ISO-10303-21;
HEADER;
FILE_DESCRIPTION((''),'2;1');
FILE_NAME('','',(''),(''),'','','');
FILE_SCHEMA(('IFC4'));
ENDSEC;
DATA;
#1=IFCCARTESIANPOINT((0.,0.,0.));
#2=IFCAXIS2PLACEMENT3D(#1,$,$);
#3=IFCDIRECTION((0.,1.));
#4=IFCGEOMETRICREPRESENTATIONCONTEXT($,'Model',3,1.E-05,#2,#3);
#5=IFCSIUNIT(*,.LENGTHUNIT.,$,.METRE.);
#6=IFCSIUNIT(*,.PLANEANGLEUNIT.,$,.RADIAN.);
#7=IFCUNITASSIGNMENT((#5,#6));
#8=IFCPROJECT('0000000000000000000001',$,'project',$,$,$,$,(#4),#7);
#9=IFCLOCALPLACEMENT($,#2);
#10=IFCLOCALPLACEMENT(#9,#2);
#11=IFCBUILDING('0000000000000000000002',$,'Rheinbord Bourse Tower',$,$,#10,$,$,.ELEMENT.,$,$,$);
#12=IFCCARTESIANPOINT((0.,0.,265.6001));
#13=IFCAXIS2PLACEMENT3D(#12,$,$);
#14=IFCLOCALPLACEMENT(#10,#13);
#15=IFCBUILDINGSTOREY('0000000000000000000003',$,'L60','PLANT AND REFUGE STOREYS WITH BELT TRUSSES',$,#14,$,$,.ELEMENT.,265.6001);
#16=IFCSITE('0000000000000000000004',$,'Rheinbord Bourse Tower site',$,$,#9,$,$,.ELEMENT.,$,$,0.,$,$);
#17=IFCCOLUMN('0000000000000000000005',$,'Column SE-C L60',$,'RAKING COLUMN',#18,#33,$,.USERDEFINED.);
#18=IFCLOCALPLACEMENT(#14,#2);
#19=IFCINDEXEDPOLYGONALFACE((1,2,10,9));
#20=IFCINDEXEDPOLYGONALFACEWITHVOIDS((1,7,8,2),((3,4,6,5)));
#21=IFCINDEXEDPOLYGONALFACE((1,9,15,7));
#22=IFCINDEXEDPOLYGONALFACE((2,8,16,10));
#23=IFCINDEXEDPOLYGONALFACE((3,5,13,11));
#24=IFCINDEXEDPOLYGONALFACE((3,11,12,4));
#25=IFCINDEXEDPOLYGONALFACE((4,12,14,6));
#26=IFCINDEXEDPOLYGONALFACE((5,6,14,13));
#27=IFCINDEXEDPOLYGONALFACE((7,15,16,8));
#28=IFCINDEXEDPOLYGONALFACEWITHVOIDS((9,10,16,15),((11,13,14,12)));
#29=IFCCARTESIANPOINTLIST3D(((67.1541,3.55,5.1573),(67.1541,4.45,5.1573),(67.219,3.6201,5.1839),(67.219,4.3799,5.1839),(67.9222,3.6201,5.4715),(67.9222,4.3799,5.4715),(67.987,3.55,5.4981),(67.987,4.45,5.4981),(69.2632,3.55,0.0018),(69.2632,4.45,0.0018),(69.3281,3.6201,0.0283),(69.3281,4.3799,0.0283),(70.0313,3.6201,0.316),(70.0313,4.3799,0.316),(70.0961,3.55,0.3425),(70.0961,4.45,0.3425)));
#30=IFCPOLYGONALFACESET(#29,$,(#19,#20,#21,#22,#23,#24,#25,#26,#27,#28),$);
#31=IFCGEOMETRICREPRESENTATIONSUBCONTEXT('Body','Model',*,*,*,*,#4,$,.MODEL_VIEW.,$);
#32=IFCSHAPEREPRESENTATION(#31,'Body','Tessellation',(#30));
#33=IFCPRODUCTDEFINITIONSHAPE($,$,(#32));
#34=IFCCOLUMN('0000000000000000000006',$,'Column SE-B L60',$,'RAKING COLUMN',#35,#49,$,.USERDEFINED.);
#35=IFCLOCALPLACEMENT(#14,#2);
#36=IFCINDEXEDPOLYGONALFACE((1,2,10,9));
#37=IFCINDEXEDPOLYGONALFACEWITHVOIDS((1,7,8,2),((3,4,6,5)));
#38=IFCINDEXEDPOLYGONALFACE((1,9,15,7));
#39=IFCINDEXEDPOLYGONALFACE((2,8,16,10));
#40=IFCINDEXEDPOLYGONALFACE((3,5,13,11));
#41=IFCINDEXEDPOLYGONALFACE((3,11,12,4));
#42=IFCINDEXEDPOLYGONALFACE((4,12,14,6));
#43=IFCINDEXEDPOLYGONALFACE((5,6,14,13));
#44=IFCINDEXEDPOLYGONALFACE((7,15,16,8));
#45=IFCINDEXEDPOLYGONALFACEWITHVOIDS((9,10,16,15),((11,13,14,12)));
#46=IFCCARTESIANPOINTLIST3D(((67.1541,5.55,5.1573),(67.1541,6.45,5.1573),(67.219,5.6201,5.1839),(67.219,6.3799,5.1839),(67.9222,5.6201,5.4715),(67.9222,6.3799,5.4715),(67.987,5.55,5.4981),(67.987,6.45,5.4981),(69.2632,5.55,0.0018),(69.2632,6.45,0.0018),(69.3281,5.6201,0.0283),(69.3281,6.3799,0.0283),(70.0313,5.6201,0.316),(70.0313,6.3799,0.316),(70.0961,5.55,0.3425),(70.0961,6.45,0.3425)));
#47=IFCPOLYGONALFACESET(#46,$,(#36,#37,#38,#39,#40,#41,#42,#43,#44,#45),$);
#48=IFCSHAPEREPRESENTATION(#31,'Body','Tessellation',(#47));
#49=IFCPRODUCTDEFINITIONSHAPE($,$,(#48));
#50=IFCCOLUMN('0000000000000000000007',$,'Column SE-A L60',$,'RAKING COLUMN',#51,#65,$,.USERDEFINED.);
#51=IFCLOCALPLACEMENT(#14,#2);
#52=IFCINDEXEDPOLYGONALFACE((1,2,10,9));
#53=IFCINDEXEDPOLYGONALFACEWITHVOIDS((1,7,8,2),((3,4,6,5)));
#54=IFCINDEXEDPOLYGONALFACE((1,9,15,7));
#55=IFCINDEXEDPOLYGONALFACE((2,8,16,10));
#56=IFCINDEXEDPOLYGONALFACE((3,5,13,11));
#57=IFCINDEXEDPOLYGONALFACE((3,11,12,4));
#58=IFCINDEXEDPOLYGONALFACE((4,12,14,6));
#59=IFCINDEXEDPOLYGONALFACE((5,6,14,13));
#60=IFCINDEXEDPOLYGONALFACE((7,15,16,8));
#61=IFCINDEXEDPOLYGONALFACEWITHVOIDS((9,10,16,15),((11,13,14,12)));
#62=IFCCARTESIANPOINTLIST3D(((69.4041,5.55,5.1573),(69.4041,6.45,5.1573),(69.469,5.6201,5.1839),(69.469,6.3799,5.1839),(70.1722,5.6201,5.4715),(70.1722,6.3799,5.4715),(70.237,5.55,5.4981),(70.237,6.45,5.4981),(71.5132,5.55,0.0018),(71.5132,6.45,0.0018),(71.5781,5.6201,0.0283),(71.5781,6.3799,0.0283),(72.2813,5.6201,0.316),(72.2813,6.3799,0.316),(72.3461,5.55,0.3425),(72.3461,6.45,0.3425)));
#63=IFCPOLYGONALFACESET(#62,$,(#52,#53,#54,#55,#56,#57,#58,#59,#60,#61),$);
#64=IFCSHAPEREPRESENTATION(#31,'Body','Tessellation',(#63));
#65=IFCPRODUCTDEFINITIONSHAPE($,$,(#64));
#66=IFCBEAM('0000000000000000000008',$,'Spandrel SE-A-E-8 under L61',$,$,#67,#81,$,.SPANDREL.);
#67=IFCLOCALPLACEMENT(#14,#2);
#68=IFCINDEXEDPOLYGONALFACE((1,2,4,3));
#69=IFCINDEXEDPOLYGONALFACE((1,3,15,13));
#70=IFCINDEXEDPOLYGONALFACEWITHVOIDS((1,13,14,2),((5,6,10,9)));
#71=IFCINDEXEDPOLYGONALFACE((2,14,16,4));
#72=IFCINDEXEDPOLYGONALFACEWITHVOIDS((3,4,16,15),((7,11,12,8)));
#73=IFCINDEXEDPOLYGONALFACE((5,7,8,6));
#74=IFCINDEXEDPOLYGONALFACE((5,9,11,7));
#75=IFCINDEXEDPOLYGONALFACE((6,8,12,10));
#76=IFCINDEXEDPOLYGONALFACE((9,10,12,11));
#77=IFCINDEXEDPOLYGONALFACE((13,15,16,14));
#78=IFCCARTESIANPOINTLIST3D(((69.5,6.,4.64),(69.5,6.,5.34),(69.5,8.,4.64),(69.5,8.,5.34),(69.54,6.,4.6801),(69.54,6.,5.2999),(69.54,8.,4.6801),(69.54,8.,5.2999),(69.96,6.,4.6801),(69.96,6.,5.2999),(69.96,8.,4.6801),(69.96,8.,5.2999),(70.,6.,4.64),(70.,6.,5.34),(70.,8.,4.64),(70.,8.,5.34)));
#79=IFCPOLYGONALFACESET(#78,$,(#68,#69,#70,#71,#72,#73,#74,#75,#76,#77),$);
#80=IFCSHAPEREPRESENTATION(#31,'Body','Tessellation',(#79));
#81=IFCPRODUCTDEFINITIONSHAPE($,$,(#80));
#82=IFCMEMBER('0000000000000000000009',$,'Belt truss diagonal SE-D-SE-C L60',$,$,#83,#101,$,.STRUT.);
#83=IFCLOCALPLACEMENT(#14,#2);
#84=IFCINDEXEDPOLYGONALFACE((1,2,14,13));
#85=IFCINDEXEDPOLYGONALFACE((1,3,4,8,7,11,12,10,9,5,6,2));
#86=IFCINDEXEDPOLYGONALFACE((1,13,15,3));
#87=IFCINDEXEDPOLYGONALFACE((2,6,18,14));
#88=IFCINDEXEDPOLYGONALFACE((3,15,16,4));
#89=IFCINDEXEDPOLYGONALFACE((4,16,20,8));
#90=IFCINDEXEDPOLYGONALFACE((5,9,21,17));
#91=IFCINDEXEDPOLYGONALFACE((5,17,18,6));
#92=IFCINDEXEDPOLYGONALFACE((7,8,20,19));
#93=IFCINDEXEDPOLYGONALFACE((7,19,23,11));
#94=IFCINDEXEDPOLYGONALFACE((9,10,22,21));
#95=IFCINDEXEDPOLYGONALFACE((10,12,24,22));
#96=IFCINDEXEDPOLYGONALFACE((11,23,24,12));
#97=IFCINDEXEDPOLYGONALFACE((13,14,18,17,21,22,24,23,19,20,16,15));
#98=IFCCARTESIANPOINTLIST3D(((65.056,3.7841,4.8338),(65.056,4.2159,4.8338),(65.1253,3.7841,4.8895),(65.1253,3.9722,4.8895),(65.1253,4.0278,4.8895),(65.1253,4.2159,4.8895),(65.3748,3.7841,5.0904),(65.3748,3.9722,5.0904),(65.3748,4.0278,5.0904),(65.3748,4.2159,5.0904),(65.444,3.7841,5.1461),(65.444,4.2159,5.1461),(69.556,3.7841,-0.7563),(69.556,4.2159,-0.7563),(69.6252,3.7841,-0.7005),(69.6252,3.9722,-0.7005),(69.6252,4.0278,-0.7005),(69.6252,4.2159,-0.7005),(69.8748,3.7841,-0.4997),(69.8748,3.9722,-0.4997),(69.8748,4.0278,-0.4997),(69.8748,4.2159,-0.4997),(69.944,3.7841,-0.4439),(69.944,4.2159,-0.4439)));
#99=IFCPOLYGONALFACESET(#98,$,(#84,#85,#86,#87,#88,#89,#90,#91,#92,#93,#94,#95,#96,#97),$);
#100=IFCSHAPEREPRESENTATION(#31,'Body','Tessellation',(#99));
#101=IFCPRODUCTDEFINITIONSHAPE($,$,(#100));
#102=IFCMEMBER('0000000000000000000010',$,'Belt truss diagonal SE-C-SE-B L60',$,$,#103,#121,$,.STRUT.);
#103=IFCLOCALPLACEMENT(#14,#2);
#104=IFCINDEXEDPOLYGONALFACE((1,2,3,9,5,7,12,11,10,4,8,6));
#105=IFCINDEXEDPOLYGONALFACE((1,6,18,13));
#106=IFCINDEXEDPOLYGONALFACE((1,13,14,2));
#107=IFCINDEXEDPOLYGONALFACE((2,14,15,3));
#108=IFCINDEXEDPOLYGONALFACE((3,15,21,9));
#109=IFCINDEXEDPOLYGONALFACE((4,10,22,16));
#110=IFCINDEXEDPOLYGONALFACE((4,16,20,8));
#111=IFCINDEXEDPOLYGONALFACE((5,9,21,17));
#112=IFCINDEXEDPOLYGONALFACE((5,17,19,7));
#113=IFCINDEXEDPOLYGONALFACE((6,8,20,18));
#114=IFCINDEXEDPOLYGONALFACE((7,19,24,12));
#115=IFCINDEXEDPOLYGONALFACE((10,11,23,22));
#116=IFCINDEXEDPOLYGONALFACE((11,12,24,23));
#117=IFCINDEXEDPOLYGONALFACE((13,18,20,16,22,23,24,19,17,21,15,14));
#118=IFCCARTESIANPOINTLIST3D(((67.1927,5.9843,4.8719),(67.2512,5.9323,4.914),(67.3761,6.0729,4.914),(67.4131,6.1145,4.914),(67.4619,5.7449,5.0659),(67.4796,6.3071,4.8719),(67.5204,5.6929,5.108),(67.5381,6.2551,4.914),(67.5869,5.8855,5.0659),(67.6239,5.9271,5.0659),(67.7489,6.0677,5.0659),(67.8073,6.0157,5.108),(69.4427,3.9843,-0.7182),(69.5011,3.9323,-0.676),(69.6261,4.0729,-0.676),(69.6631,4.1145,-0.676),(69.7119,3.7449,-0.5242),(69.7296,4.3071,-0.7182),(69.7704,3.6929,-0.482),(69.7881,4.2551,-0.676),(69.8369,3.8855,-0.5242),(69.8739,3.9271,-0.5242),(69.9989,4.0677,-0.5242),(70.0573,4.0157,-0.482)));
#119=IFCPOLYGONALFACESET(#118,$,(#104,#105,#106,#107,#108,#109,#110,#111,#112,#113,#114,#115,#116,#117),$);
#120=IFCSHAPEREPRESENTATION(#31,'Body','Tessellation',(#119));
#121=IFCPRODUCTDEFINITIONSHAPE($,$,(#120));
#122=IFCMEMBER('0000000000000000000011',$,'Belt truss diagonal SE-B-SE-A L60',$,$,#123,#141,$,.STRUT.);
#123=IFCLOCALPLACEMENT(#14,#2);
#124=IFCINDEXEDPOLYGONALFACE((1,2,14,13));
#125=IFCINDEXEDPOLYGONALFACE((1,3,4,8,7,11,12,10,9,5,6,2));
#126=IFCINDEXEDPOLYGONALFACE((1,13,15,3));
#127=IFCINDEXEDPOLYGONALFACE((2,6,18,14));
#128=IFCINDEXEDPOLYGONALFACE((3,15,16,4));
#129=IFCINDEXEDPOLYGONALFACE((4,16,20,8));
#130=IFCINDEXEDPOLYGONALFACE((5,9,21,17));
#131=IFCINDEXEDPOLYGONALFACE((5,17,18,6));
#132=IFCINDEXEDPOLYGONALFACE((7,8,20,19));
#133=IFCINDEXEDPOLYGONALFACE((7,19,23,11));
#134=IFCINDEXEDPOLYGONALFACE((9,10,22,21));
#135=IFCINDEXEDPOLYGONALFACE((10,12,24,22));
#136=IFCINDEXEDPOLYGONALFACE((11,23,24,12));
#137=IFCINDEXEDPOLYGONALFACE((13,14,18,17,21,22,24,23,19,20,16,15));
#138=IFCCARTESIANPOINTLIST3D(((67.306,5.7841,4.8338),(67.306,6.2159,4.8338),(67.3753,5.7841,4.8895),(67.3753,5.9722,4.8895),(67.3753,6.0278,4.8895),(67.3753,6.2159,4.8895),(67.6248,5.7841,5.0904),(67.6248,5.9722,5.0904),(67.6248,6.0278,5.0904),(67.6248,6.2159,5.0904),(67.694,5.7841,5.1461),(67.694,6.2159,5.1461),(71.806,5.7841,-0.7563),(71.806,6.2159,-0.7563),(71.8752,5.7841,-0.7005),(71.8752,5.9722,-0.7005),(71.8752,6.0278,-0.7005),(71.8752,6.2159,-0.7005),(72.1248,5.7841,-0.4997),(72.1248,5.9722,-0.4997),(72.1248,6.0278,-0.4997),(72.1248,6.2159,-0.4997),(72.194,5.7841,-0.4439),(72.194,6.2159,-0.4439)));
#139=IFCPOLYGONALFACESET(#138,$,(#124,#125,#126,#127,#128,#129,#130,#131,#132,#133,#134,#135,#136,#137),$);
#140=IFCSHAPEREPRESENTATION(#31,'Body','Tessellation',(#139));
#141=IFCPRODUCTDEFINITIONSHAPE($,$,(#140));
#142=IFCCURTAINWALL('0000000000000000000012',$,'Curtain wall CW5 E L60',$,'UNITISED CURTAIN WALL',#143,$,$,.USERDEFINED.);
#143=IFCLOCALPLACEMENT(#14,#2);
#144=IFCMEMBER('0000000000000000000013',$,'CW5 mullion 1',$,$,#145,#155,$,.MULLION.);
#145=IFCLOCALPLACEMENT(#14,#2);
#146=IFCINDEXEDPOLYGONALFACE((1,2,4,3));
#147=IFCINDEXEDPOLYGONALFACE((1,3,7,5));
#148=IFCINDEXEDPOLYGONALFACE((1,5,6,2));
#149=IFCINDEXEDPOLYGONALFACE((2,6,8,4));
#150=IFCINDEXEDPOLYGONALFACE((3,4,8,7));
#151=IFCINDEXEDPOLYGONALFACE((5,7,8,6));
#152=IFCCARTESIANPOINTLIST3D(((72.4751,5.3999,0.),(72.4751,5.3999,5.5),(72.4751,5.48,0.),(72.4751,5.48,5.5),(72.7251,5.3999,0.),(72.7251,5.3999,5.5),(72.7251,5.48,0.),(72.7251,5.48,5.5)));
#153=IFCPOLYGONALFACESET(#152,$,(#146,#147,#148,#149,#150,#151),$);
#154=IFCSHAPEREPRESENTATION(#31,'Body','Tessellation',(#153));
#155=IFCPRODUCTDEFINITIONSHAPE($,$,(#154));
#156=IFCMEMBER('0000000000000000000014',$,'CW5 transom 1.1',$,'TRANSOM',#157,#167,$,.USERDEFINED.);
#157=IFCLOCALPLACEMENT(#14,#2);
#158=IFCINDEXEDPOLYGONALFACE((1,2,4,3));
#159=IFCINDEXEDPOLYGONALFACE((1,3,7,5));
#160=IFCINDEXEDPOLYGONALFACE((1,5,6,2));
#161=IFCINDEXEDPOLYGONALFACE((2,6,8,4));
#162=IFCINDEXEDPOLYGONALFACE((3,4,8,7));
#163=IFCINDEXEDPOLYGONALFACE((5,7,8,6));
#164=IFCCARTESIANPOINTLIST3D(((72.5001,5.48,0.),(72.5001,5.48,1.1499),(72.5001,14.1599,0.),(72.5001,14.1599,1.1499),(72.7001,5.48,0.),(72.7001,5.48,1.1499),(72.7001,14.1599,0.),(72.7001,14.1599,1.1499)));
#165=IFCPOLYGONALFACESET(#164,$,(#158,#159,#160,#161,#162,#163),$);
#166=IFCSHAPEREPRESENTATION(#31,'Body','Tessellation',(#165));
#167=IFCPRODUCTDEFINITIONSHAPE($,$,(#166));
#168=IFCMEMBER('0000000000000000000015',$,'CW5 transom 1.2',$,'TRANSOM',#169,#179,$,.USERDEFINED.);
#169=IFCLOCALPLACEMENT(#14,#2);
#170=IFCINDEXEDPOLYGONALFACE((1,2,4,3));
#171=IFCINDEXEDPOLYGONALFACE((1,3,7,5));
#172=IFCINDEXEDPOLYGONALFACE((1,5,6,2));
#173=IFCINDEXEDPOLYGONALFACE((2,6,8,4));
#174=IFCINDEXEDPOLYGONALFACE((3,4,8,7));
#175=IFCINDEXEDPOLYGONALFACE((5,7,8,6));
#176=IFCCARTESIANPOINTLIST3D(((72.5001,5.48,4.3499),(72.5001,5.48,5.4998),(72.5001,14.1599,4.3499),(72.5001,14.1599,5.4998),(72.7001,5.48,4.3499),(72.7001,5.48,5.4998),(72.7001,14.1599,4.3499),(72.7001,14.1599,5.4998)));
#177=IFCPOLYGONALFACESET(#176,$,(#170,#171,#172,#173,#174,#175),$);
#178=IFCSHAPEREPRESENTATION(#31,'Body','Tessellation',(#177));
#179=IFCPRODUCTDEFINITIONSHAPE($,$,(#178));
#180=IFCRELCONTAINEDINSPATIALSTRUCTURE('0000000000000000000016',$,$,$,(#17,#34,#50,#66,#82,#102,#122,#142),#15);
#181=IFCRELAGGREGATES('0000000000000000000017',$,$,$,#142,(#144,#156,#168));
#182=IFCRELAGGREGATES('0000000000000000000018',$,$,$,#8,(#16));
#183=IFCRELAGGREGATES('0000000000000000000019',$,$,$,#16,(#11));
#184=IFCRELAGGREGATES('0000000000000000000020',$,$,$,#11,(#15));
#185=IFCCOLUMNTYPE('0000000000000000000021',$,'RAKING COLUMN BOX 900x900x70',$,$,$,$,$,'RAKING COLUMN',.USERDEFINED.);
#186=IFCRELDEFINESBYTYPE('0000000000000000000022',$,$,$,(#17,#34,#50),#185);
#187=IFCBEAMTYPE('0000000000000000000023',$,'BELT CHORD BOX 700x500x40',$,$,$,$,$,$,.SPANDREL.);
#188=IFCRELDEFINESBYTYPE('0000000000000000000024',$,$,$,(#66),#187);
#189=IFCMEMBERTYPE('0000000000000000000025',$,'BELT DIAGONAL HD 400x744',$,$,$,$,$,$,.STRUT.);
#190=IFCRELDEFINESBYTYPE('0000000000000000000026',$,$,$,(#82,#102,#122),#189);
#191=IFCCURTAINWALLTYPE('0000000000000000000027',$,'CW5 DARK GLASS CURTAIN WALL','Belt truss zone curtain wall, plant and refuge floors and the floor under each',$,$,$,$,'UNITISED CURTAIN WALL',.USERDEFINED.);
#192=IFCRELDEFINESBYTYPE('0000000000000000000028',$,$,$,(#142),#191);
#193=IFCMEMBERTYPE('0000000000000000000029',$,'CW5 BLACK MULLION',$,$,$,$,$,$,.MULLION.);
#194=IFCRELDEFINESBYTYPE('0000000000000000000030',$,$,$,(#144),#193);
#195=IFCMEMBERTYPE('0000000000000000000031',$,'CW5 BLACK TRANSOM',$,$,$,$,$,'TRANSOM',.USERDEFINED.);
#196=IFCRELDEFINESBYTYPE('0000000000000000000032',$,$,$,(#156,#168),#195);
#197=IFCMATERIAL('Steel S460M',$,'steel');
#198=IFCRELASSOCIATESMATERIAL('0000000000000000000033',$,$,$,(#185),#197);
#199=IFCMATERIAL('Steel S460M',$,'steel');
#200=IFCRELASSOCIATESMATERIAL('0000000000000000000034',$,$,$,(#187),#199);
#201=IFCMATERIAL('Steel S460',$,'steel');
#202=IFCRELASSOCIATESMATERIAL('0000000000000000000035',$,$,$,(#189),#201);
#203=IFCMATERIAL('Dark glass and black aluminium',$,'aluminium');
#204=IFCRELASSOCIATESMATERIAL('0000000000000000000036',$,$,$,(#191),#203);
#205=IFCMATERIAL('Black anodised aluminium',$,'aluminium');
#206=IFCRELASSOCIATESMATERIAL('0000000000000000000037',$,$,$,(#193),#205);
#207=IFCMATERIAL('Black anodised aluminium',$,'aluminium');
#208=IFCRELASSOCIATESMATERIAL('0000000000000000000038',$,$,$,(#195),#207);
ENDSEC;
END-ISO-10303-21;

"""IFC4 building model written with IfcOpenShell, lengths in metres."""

from ifc_helpers import new_model, si_unit, direction, frame, origin, origin_2d, place, context, subcontext, project, spatial, rectangle, hollow_rectangle, i_section, extrude, material, material_profile, profile_set, type_object, element, aggregate, save


model = new_model("IFC4")

# Units and contexts
model_context = context("Model", 3, precision=1e-05, world=origin(), true_north=direction((0.0, 1.0)))
body_context = subcontext(model_context, "Body", "Model", "MODEL_VIEW")
ifc_project = project(units=[si_unit("LENGTHUNIT", "METRE"), si_unit("PLANEANGLEUNIT", "RADIAN")], contexts=[model_context])

# Site, building, storey
site_placement = place(None, origin())
site = spatial("IfcSite", under=ifc_project, at=site_placement, Name="Rheinbord Bourse Tower site", CompositionType="ELEMENT", RefElevation=0.0)
building_placement = place(site_placement, origin())
building = spatial("IfcBuilding", under=site, at=building_placement, Name="Rheinbord Bourse Tower", CompositionType="ELEMENT")
storey_placement = place(building_placement, frame((0.0, 0.0, 265.6001)))
storey = spatial("IfcBuildingStorey", under=building, at=storey_placement, Name="L60", Description="PLANT AND REFUGE STOREYS WITH BELT TRUSSES", CompositionType="ELEMENT", Elevation=265.6001)

# Columns
ifc_material_1 = material(Name="Steel S460M", Category="steel")
ifc_material_profile_1 = material_profile(ifc_material_1, hollow_rectangle(XDim=0.8999, YDim=0.8999, WallThickness=0.0701, at=origin_2d()), Name="BOX 900x900x70")
ifc_profile_set_1 = profile_set([ifc_material_profile_1], Name="Steel S460M")
column_type = type_object("IfcColumnType", Name="RAKING COLUMN BOX 900x900x70", ElementType="RAKING COLUMN", PredefinedType="USERDEFINED", material=ifc_profile_set_1)
for number, where, z_axis, x_axis, name in (
    (1, (69.6797, 4.0, 0.1721), (-0.378633, 0.0, 0.925547), (0.925547, 0.0, 0.378633), "Column SE-C L60"),
    (2, (69.6797, 6.0, 0.1721), (-0.378633, 0.0, 0.925547), (0.925547, 0.0, 0.378633), "Column SE-B L60"),
    (3, (71.9297, 6.0, 0.1721), (-0.378633, 0.0, 0.925547), (0.925547, 0.0, 0.378633), "Column SE-A L60"),
):
    element("IfcColumn", number, at=place(storey_placement, frame(where, z_axis=z_axis, x_axis=x_axis)), inside=storey, type_object=column_type, Name=name, ObjectType="RAKING COLUMN", PredefinedType="USERDEFINED", context=body_context, shape_type="SweptSolid", body=[
        extrude(hollow_rectangle(XDim=0.8999, YDim=0.8999, WallThickness=0.0701, at=origin_2d()), origin(), (0.0, 0.0, 1.0), 5.5703),
    ])

# Beam
ifc_material_2 = material(Name="Steel S460M", Category="steel")
ifc_material_profile_2 = material_profile(ifc_material_2, hollow_rectangle(XDim=0.5, YDim=0.7, WallThickness=0.04, at=origin_2d()), Name="BOX 700x500x40")
ifc_profile_set_2 = profile_set([ifc_material_profile_2], Name="Steel S460M")
beam_type = type_object("IfcBeamType", Name="BELT CHORD BOX 700x500x40", PredefinedType="SPANDREL", material=ifc_profile_set_2)
beam_placement = place(storey_placement, frame((69.75, 6.0, 4.99), z_axis=(0.0, 1.0, 0.0), x_axis=(-1.0, 0.0, 0.0)))
element("IfcBeam", 4, at=beam_placement, inside=storey, type_object=beam_type, Name="Spandrel SE-A-E-8 under L61", PredefinedType="SPANDREL", context=body_context, shape_type="SweptSolid", body=[
    extrude(hollow_rectangle(XDim=0.5, YDim=0.7, WallThickness=0.04, at=origin_2d()), origin(), (0.0, 0.0, 1.0), 2.0),
])

# Members
ifc_material_3 = material(Name="Steel S460", Category="steel")
ifc_material_profile_3 = material_profile(ifc_material_3, i_section(OverallWidth=0.4319, OverallDepth=0.498, WebThickness=0.0557, FlangeThickness=0.0889, at=origin_2d()), Name="HD 400x744")
ifc_profile_set_3 = profile_set([ifc_material_profile_3], Name="Steel S460")
member_type_1 = type_object("IfcMemberType", Name="BELT DIAGONAL HD 400x744", PredefinedType="STRUT", material=ifc_profile_set_3)
member_1_placement = place(storey_placement, frame((69.75, 4.0, -0.6001), z_axis=(-0.627065, 0.0, 0.778967), x_axis=(0.0, -1.0, 0.0)))
element("IfcMember", 5, at=member_1_placement, inside=storey, type_object=member_type_1, Name="Belt truss diagonal SE-D-SE-C L60", PredefinedType="STRUT", context=body_context, shape_type="SweptSolid", body=[
    extrude(i_section(OverallWidth=0.4319, OverallDepth=0.498, WebThickness=0.0557, FlangeThickness=0.0889, at=origin_2d()), origin(), (0.0, 0.0, 1.0), 7.1763),
])
member_2_placement = place(storey_placement, frame((69.75, 4.0, -0.6001), z_axis=(-0.354379, 0.315003, 0.880448), x_axis=(-0.664364, -0.747409, 0.0)))
element("IfcMember", 6, at=member_2_placement, inside=storey, type_object=member_type_1, Name="Belt truss diagonal SE-C-SE-B L60", PredefinedType="STRUT", context=body_context, shape_type="SweptSolid", body=[
    extrude(i_section(OverallWidth=0.4319, OverallDepth=0.498, WebThickness=0.0557, FlangeThickness=0.0889, at=origin_2d()), origin(), (0.0, 0.0, 1.0), 6.3491),
])
member_3_placement = place(storey_placement, frame((72.0, 6.0, -0.6001), z_axis=(-0.627065, 0.0, 0.778967), x_axis=(0.0, -1.0, 0.0)))
element("IfcMember", 7, at=member_3_placement, inside=storey, type_object=member_type_1, Name="Belt truss diagonal SE-B-SE-A L60", PredefinedType="STRUT", context=body_context, shape_type="SweptSolid", body=[
    extrude(i_section(OverallWidth=0.4319, OverallDepth=0.498, WebThickness=0.0557, FlangeThickness=0.0889, at=origin_2d()), origin(), (0.0, 0.0, 1.0), 7.1763),
])

# Curtain wall, members
ifc_material_4 = material(Name="Dark glass and black aluminium", Category="aluminium")
curtain_wall_type = type_object("IfcCurtainWallType", Name="CW5 DARK GLASS CURTAIN WALL", Description="Belt truss zone curtain wall, plant and refuge floors and the floor under each", ElementType="UNITISED CURTAIN WALL", PredefinedType="USERDEFINED", material=ifc_material_4)
curtain_wall_placement = place(storey_placement, origin())
curtain_wall = element("IfcCurtainWall", 8, at=curtain_wall_placement, inside=storey, type_object=curtain_wall_type, Name="Curtain wall CW5 E L60", ObjectType="UNITISED CURTAIN WALL", PredefinedType="USERDEFINED")
ifc_material_5 = material(Name="Black anodised aluminium", Category="aluminium")
ifc_material_profile_4 = material_profile(ifc_material_5, rectangle(XDim=0.25, YDim=0.0801, at=origin_2d()), Name="CW5 MULLION 80x250")
ifc_profile_set_4 = profile_set([ifc_material_profile_4], Name="Black anodised aluminium")
member_type_2 = type_object("IfcMemberType", Name="CW5 BLACK MULLION", PredefinedType="MULLION", material=ifc_profile_set_4)
member_4_placement = place(storey_placement, frame((72.6001, 5.4399, 0.0), z_axis=(0.0, 0.0, 1.0), x_axis=(-1.0, 0.0, 0.0)))
member_4 = element("IfcMember", 9, at=member_4_placement, type_object=member_type_2, Name="CW5 mullion 1", PredefinedType="MULLION", context=body_context, shape_type="SweptSolid", body=[
    extrude(rectangle(XDim=0.25, YDim=0.0801, at=origin_2d()), origin(), (0.0, 0.0, 1.0), 5.5),
])
ifc_material_6 = material(Name="Black anodised aluminium", Category="aluminium")
ifc_material_profile_5 = material_profile(ifc_material_6, rectangle(XDim=0.2, YDim=1.1499, at=origin_2d()), Name="CW5 TRANSOM 1150x200")
ifc_profile_set_5 = profile_set([ifc_material_profile_5], Name="Black anodised aluminium")
member_type_3 = type_object("IfcMemberType", Name="CW5 BLACK TRANSOM", ElementType="TRANSOM", PredefinedType="USERDEFINED", material=ifc_profile_set_5)
member_5_placement = place(storey_placement, frame((72.6001, 5.48, 0.575), z_axis=(0.0, 1.0, 0.0), x_axis=(-1.0, 0.0, 0.0)))
member_5 = element("IfcMember", 10, at=member_5_placement, type_object=member_type_3, Name="CW5 transom 1.1", ObjectType="TRANSOM", PredefinedType="USERDEFINED", context=body_context, shape_type="SweptSolid", body=[
    extrude(rectangle(XDim=0.2, YDim=1.1499, at=origin_2d()), origin(), (0.0, 0.0, 1.0), 8.6799),
])
member_6_placement = place(storey_placement, frame((72.6001, 5.48, 4.9248), z_axis=(0.0, 1.0, 0.0), x_axis=(-1.0, 0.0, 0.0)))
member_6 = element("IfcMember", 11, at=member_6_placement, type_object=member_type_3, Name="CW5 transom 1.2", ObjectType="TRANSOM", PredefinedType="USERDEFINED", context=body_context, shape_type="SweptSolid", body=[
    extrude(rectangle(XDim=0.2, YDim=1.1499, at=origin_2d()), origin(), (0.0, 0.0, 1.0), 8.6799),
])

aggregate(curtain_wall, [member_4, member_5, member_6])

save(model, "model.ifc")
